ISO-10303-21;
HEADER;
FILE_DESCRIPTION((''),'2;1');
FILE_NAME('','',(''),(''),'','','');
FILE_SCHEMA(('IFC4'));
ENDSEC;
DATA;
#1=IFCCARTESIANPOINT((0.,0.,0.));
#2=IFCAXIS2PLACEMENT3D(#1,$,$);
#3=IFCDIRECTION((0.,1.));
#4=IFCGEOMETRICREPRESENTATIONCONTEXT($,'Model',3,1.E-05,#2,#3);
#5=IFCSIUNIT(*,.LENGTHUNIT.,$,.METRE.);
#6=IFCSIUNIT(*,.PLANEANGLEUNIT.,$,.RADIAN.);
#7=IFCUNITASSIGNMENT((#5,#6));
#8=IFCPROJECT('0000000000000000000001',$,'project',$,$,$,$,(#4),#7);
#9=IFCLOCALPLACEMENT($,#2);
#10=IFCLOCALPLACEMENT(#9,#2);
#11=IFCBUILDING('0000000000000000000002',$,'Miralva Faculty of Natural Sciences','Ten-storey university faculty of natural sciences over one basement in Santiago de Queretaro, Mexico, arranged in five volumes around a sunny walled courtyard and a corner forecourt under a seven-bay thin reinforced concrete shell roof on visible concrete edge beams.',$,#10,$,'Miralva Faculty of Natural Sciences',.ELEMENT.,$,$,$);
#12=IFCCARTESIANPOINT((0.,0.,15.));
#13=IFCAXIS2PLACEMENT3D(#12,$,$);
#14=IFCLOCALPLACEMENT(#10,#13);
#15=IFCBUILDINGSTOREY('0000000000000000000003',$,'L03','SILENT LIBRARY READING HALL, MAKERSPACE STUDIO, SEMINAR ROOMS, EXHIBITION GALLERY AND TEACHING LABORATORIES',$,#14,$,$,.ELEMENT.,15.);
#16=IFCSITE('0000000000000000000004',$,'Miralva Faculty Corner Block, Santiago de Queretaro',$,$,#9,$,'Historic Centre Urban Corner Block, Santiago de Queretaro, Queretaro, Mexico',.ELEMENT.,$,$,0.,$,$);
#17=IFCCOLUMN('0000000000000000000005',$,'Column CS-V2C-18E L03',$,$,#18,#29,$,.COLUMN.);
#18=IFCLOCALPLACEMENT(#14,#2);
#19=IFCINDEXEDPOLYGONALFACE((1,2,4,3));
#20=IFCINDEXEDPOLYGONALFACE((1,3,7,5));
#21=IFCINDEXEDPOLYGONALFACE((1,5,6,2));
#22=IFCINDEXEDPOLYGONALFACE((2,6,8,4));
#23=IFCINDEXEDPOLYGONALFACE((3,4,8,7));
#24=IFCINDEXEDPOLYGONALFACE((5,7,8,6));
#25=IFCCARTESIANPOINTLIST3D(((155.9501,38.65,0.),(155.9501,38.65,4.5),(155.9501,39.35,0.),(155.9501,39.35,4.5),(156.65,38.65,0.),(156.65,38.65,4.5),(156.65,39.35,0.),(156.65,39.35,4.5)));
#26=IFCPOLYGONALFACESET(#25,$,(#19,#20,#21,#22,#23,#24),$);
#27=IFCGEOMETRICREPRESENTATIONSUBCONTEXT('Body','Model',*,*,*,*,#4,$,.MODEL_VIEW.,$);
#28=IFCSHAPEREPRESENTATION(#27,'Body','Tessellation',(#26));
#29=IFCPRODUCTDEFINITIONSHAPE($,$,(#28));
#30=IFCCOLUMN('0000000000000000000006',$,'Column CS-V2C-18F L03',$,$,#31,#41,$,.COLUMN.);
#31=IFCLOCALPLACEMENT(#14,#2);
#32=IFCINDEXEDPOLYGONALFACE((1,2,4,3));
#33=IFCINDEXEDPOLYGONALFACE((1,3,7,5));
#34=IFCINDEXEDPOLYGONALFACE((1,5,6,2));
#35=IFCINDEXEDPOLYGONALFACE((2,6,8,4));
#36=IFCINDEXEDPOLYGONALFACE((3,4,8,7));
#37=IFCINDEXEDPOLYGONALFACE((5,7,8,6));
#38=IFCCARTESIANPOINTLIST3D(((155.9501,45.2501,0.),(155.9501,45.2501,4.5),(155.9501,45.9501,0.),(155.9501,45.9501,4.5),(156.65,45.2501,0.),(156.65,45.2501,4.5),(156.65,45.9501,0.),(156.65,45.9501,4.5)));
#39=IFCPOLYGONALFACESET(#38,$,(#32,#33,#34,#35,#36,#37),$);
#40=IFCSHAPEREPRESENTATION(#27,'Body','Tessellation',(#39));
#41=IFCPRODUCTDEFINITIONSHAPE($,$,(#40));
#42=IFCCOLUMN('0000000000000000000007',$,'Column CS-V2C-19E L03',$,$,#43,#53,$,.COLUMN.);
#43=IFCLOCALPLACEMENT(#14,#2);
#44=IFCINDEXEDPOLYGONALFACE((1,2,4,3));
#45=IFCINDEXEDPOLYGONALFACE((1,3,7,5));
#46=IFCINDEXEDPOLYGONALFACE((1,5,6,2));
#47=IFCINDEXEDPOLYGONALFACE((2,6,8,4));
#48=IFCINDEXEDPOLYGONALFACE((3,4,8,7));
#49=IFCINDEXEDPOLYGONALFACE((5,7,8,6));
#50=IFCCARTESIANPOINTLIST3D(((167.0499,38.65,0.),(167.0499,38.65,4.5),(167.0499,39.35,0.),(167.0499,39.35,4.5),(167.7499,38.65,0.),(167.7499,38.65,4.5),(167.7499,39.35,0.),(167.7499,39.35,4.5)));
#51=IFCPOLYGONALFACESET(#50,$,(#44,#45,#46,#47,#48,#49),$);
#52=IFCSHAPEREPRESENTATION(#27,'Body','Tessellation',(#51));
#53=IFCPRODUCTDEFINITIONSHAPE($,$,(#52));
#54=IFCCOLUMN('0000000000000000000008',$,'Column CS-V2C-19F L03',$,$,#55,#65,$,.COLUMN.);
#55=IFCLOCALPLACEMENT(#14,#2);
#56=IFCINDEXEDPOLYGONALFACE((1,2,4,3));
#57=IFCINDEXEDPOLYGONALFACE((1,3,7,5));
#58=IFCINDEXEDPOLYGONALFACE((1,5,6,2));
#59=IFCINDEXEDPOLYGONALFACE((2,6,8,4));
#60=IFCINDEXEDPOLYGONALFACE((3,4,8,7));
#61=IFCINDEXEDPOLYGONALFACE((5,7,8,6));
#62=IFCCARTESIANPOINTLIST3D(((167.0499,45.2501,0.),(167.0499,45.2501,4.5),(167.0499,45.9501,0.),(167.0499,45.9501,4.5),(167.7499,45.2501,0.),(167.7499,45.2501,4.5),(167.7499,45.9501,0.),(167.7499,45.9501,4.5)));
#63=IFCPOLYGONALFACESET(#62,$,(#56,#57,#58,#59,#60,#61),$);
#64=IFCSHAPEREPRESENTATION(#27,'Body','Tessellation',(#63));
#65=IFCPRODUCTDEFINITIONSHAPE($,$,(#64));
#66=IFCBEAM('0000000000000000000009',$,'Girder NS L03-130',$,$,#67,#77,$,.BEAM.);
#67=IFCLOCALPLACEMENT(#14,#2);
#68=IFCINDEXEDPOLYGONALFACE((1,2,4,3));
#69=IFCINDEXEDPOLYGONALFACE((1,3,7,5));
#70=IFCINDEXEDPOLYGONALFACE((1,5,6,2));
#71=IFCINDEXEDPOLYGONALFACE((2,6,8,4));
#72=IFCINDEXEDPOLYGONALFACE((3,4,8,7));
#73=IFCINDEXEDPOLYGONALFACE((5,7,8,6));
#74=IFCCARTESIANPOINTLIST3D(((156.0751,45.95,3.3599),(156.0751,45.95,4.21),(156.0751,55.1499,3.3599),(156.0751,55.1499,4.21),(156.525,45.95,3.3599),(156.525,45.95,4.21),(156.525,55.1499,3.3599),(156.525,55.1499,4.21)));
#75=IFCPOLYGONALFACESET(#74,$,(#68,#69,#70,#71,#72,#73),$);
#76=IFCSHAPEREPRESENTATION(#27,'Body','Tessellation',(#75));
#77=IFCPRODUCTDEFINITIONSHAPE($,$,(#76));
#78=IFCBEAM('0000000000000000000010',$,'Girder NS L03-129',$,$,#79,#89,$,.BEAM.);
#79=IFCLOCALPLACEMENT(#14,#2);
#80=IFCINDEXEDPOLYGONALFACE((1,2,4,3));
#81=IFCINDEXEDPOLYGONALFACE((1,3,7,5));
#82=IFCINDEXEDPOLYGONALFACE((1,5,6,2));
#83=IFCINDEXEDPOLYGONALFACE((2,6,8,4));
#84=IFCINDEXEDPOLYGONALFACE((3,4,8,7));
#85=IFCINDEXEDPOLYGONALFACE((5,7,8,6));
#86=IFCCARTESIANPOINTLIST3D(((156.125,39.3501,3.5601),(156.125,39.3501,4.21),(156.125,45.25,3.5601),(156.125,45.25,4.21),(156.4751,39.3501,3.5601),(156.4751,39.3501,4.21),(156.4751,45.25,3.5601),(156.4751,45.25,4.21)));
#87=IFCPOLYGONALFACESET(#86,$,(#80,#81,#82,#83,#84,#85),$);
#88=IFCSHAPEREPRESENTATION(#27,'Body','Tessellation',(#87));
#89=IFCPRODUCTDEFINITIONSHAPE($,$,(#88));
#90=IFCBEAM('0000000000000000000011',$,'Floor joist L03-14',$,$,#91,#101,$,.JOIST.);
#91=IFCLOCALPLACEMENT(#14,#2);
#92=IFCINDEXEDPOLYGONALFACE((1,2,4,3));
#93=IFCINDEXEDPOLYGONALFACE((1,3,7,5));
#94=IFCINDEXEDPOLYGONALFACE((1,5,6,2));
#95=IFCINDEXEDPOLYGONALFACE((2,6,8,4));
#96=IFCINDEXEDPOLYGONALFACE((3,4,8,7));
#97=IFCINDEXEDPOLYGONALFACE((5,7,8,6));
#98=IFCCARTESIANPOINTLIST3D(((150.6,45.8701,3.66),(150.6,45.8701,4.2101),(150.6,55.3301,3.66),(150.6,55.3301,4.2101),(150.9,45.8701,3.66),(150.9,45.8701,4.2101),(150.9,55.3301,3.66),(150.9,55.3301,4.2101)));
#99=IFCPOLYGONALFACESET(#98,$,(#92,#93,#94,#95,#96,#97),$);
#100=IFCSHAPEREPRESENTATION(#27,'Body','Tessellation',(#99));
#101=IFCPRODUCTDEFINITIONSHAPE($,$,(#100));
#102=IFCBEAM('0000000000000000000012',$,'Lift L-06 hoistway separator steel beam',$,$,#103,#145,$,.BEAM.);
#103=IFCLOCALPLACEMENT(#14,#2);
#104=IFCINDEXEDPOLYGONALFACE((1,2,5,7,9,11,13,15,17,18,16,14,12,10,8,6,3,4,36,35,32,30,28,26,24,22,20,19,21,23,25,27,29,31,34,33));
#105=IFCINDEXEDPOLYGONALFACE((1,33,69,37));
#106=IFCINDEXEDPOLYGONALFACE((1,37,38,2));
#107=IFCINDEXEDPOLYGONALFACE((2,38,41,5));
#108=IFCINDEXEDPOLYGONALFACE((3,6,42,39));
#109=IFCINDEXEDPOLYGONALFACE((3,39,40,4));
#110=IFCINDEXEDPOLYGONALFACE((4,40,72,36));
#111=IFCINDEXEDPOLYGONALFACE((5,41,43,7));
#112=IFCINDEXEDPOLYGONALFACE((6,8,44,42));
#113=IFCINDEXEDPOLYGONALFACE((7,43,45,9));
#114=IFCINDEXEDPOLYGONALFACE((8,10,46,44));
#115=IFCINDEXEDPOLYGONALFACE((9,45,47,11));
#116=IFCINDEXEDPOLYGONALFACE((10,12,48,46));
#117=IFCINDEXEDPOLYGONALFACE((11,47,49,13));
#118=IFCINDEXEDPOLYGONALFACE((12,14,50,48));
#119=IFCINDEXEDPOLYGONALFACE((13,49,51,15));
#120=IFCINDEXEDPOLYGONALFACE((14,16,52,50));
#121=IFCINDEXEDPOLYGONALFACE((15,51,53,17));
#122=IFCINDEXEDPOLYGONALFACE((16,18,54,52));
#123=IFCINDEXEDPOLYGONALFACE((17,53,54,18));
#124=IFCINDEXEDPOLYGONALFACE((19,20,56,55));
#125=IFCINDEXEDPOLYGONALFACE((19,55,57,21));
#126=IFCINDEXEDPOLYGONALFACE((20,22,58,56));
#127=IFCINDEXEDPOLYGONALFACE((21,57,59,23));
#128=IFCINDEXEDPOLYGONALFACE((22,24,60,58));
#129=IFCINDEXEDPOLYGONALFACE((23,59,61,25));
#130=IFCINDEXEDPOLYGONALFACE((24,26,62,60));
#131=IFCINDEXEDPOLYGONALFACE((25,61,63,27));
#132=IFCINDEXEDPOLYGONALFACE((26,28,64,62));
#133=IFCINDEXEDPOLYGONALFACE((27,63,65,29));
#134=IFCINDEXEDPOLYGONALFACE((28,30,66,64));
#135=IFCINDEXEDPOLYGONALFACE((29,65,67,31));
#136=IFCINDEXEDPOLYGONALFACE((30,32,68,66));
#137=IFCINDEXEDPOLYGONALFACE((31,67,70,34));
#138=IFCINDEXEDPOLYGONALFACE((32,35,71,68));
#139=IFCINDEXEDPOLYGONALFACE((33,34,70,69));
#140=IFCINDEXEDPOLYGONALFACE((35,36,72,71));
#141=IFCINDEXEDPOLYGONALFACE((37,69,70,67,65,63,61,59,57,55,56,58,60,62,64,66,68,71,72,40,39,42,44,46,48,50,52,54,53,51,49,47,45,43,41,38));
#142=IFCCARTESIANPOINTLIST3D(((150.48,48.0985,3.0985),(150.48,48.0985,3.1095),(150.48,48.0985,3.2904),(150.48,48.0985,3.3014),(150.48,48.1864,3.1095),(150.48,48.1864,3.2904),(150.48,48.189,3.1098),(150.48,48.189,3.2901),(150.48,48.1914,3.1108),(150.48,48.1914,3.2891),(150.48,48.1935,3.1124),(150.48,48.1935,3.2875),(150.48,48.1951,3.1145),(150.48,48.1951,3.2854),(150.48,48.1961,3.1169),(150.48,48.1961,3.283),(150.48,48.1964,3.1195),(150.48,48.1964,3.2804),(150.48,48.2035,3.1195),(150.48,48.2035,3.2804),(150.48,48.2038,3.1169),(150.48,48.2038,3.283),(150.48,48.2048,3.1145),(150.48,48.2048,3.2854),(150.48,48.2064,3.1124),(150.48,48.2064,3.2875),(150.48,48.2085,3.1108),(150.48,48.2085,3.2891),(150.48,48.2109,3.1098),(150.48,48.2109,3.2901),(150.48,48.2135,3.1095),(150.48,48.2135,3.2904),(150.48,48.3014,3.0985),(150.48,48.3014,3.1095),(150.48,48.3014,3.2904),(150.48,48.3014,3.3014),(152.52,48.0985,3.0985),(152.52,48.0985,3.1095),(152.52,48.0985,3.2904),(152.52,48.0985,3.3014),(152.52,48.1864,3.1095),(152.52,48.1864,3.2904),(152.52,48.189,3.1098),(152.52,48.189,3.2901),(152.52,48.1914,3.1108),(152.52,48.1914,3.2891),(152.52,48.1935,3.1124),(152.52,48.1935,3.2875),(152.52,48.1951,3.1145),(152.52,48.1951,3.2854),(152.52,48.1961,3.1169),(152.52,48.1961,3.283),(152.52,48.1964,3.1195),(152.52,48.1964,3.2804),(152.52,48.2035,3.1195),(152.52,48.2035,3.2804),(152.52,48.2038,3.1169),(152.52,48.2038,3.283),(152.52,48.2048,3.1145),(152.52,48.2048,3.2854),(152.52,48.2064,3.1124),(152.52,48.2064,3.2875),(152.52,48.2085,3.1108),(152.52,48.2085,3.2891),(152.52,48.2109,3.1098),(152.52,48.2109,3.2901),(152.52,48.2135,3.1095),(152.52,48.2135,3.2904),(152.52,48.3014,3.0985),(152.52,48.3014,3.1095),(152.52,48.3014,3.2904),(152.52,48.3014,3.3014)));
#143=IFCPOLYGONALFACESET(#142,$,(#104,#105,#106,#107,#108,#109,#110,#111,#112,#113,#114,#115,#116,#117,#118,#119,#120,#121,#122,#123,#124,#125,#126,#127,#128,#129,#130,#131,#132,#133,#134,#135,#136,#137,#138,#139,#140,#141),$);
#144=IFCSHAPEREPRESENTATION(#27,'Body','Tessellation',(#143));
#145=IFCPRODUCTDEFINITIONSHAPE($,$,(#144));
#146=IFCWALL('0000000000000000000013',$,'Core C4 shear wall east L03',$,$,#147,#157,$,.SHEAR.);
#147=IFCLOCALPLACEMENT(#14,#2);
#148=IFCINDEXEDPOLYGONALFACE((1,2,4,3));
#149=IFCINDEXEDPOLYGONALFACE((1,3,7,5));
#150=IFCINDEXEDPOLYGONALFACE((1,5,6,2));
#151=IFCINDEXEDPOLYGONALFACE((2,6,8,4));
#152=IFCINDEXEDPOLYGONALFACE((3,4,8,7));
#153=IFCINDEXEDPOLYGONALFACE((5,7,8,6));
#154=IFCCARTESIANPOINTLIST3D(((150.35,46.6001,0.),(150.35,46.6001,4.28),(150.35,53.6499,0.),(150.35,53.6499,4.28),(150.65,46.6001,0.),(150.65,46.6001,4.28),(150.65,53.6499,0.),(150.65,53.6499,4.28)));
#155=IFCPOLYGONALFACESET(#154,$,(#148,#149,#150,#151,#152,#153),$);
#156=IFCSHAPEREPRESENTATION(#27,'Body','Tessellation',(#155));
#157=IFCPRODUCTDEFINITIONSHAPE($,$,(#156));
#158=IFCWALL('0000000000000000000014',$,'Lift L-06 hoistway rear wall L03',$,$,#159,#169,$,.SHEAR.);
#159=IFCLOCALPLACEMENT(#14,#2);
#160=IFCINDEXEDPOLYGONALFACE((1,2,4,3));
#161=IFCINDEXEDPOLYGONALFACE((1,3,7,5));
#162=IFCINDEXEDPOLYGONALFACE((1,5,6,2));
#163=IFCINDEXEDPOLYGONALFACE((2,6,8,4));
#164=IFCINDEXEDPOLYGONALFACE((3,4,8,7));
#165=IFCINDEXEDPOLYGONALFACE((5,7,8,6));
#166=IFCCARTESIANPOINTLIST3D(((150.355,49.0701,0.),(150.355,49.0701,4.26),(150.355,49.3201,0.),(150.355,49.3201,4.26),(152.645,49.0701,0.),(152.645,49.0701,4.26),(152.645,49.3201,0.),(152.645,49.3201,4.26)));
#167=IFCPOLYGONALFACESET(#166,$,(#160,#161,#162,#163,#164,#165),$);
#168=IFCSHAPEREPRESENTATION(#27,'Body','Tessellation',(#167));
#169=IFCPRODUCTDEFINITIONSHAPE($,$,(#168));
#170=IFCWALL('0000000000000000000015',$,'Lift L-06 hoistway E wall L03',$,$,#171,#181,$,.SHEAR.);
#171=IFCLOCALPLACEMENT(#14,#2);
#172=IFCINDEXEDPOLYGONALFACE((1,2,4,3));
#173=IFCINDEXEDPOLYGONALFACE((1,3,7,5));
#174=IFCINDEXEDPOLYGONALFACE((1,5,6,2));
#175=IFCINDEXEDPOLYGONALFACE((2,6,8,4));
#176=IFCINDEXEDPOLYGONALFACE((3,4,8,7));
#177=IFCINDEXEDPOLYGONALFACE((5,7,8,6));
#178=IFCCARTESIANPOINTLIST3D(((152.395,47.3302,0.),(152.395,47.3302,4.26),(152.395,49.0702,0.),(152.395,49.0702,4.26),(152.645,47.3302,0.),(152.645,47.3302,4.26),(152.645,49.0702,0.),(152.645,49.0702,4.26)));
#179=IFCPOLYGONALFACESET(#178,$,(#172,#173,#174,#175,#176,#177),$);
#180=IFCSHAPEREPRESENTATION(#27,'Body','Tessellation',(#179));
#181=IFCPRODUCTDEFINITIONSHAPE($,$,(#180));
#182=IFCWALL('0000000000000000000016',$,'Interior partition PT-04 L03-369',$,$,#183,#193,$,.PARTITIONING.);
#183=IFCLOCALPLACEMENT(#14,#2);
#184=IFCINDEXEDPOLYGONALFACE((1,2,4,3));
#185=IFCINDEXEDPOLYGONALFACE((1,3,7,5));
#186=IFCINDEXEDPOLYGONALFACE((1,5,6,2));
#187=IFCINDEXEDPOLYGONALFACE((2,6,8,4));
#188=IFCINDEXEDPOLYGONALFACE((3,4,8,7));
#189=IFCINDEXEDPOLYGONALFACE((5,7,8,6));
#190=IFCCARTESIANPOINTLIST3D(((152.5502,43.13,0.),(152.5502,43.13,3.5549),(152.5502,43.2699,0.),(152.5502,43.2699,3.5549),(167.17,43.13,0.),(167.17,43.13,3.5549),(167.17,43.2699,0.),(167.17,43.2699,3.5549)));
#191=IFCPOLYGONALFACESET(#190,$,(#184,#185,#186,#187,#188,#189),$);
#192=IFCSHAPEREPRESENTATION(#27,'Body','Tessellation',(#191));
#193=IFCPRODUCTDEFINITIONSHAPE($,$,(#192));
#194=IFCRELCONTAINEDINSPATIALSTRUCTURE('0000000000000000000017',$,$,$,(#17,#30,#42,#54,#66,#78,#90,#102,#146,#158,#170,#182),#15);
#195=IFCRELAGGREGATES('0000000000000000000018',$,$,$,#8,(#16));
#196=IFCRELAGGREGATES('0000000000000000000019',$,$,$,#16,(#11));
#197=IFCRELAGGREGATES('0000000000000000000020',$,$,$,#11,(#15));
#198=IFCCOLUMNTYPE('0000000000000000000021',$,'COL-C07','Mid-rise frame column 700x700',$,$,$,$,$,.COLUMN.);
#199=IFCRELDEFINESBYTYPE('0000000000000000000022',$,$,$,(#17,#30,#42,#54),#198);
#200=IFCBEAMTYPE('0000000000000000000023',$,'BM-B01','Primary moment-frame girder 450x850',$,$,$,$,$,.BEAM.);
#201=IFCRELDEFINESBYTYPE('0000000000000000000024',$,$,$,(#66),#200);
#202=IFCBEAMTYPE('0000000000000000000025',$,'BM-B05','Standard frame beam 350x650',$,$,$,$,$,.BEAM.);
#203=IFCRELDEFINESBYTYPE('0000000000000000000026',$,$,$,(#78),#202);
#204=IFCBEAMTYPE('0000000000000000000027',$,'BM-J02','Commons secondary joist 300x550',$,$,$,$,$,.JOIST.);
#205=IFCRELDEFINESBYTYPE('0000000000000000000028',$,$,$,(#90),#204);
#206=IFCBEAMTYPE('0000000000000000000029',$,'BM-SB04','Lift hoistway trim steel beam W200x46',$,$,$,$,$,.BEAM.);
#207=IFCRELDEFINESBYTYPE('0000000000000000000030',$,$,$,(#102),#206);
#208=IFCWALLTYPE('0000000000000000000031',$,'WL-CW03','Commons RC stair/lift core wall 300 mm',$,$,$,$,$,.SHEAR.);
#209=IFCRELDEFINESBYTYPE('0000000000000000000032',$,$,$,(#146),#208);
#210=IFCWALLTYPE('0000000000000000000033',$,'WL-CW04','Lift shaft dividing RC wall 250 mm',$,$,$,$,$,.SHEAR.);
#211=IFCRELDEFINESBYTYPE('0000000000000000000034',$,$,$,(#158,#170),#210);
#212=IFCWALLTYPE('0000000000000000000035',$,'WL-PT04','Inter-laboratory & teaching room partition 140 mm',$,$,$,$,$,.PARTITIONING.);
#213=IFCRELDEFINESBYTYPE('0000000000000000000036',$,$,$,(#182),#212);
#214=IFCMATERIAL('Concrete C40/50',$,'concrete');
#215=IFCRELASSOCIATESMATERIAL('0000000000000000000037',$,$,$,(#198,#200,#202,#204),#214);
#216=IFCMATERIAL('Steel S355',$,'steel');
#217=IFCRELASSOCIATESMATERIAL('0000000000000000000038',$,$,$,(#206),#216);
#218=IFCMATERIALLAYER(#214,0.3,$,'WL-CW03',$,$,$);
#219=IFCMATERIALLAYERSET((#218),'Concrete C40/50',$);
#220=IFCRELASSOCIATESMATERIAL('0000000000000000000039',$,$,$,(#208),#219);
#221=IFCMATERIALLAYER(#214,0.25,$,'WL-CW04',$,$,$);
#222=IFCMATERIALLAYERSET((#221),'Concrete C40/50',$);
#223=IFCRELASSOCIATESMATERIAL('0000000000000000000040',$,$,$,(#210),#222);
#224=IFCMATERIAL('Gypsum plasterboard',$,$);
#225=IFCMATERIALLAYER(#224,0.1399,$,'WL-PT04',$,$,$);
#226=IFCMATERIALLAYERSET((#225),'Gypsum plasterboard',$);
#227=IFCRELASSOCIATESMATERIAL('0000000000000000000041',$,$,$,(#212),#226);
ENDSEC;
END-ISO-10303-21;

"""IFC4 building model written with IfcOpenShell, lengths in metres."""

from ifc_helpers import new_model, si_unit, direction, frame, frame_2d, origin, origin_2d, place, context, subcontext, project, spatial, rectangle, i_section, extrude, material, layer, layer_set, material_profile, profile_set, type_object, element, save


model = new_model("IFC4")

# Units and contexts
model_context = context("Model", 3, precision=1e-05, world=origin(), true_north=direction((0.0, 1.0)))
body_context = subcontext(model_context, "Body", "Model", "MODEL_VIEW")
ifc_project = project(units=[si_unit("LENGTHUNIT", "METRE"), si_unit("PLANEANGLEUNIT", "RADIAN")], contexts=[model_context])

# Site, building, storey
site_placement = place(None, origin())
site = spatial("IfcSite", under=ifc_project, at=site_placement, Name="Miralva Faculty Corner Block, Santiago de Queretaro", LongName="Historic Centre Urban Corner Block, Santiago de Queretaro, Queretaro, Mexico", CompositionType="ELEMENT", RefElevation=0.0)
building_placement = place(site_placement, origin())
building = spatial("IfcBuilding", under=site, at=building_placement, Name="Miralva Faculty of Natural Sciences", Description="Ten-storey university faculty of natural sciences over one basement in Santiago de Queretaro, Mexico, arranged in five volumes around a sunny walled courtyard and a corner forecourt under a seven-bay thin reinforced concrete shell roof on visible concrete edge beams.", LongName="Miralva Faculty of Natural Sciences", CompositionType="ELEMENT")
storey_placement = place(building_placement, frame((0.0, 0.0, 15.0)))
storey = spatial("IfcBuildingStorey", under=building, at=storey_placement, Name="L03", Description="SILENT LIBRARY READING HALL, MAKERSPACE STUDIO, SEMINAR ROOMS, EXHIBITION GALLERY AND TEACHING LABORATORIES", CompositionType="ELEMENT", Elevation=15.0)

# Columns
ifc_material_1 = material(Name="Concrete C40/50", Category="concrete")
ifc_material_profile_1 = material_profile(ifc_material_1, rectangle(XDim=0.7, YDim=0.7, at=origin_2d()), Name="RC 700x700")
ifc_profile_set_1 = profile_set([ifc_material_profile_1], Name="Concrete C40/50")
column_type = type_object("IfcColumnType", Name="COL-C07", Description="Mid-rise frame column 700x700", PredefinedType="COLUMN", material=ifc_profile_set_1)
for number, where, z_axis, x_axis, name in (
    (1, (156.3, 39.0, 0.0), (0.0, 0.0, 1.0), (1.0, 0.0, 0.0), "Column CS-V2C-18E L03"),
    (2, (156.3, 45.6001, 0.0), (0.0, 0.0, 1.0), (1.0, 0.0, 0.0), "Column CS-V2C-18F L03"),
    (3, (167.3999, 39.0, 0.0), (0.0, 0.0, 1.0), (1.0, 0.0, 0.0), "Column CS-V2C-19E L03"),
    (4, (167.3999, 45.6001, 0.0), (0.0, 0.0, 1.0), (1.0, 0.0, 0.0), "Column CS-V2C-19F L03"),
):
    element("IfcColumn", number, at=place(storey_placement, frame(where, z_axis=z_axis, x_axis=x_axis)), inside=storey, type_object=column_type, Name=name, PredefinedType="COLUMN", context=body_context, shape_type="SweptSolid", body=[
        extrude(rectangle(XDim=0.7, YDim=0.7, at=origin_2d()), origin(), (0.0, 0.0, 1.0), 4.5),
    ])

# Beams
ifc_material_profile_2 = material_profile(ifc_material_1, rectangle(XDim=0.45, YDim=0.8501, at=origin_2d()), Name="RC 450x850")
ifc_profile_set_2 = profile_set([ifc_material_profile_2], Name="Concrete C40/50")
beam_type_1 = type_object("IfcBeamType", Name="BM-B01", Description="Primary moment-frame girder 450x850", PredefinedType="BEAM", material=ifc_profile_set_2)
beam_1_placement = place(storey_placement, frame((156.3, 45.95, 3.7849), z_axis=(0.0, 1.0, 0.0), x_axis=(-1.0, 0.0, 0.0)))
element("IfcBeam", 5, at=beam_1_placement, inside=storey, type_object=beam_type_1, Name="Girder NS L03-130", PredefinedType="BEAM", context=body_context, shape_type="SweptSolid", body=[
    extrude(rectangle(XDim=0.45, YDim=0.8501, at=origin_2d()), origin(), (0.0, 0.0, 1.0), 9.2),
])
ifc_material_profile_3 = material_profile(ifc_material_1, rectangle(XDim=0.3501, YDim=0.6499, at=origin_2d()), Name="RC 350x650")
ifc_profile_set_3 = profile_set([ifc_material_profile_3], Name="Concrete C40/50")
beam_type_2 = type_object("IfcBeamType", Name="BM-B05", Description="Standard frame beam 350x650", PredefinedType="BEAM", material=ifc_profile_set_3)
beam_2_placement = place(storey_placement, frame((156.3, 39.3501, 3.885), z_axis=(0.0, 1.0, 0.0), x_axis=(-1.0, 0.0, 0.0)))
element("IfcBeam", 6, at=beam_2_placement, inside=storey, type_object=beam_type_2, Name="Girder NS L03-129", PredefinedType="BEAM", context=body_context, shape_type="SweptSolid", body=[
    extrude(rectangle(XDim=0.3501, YDim=0.6499, at=origin_2d()), origin(), (0.0, 0.0, 1.0), 5.8999),
])
ifc_material_profile_4 = material_profile(ifc_material_1, rectangle(XDim=0.3, YDim=0.55, at=origin_2d()), Name="RC 300x550")
ifc_profile_set_4 = profile_set([ifc_material_profile_4], Name="Concrete C40/50")
beam_type_3 = type_object("IfcBeamType", Name="BM-J02", Description="Commons secondary joist 300x550", PredefinedType="JOIST", material=ifc_profile_set_4)
beam_3_placement = place(storey_placement, frame((150.75, 45.8701, 3.9351), z_axis=(0.0, 1.0, 0.0), x_axis=(-1.0, 0.0, 0.0)))
element("IfcBeam", 7, at=beam_3_placement, inside=storey, type_object=beam_type_3, Name="Floor joist L03-14", PredefinedType="JOIST", context=body_context, shape_type="SweptSolid", body=[
    extrude(rectangle(XDim=0.3, YDim=0.55, at=origin_2d()), origin(), (0.0, 0.0, 1.0), 9.46),
])
ifc_material_2 = material(Name="Steel S355", Category="steel")
ifc_material_profile_5 = material_profile(ifc_material_2, i_section(OverallWidth=0.2029, OverallDepth=0.2029, WebThickness=0.0071, FlangeThickness=0.011, FilletRadius=0.01, at=origin_2d()), Name="W200x46")
ifc_profile_set_5 = profile_set([ifc_material_profile_5], Name="Steel S355")
beam_type_4 = type_object("IfcBeamType", Name="BM-SB04", Description="Lift hoistway trim steel beam W200x46", PredefinedType="BEAM", material=ifc_profile_set_5)
beam_4_placement = place(storey_placement, frame((150.48, 48.2, 3.2), z_axis=(1.0, 0.0, 0.0), x_axis=(0.0, 1.0, 0.0)))
element("IfcBeam", 8, at=beam_4_placement, inside=storey, type_object=beam_type_4, Name="Lift L-06 hoistway separator steel beam", PredefinedType="BEAM", context=body_context, shape_type="SweptSolid", body=[
    extrude(i_section(OverallWidth=0.2029, OverallDepth=0.2029, WebThickness=0.0071, FlangeThickness=0.011, FilletRadius=0.01, at=origin_2d()), origin(), (0.0, 0.0, 1.0), 2.04),
])

# Wall
ifc_layer_1 = layer(ifc_material_1, 0.3, Name="WL-CW03")
ifc_layer_set_1 = layer_set([ifc_layer_1], Name="Concrete C40/50")
wall_type_1 = type_object("IfcWallType", Name="WL-CW03", Description="Commons RC stair/lift core wall 300 mm", PredefinedType="SHEAR", material=ifc_layer_set_1)
wall_1_placement = place(storey_placement, frame((150.5, 46.6001, 0.0), z_axis=(0.0, 0.0, 1.0), x_axis=(0.0, 1.0, 0.0)))
element("IfcWall", 9, at=wall_1_placement, inside=storey, type_object=wall_type_1, Name="Core C4 shear wall east L03", PredefinedType="SHEAR", context=body_context, shape_type="SweptSolid", body=[
    extrude(rectangle(XDim=7.0498, YDim=0.3, at=frame_2d((3.5249, 0.0))), origin(), (0.0, 0.0, 1.0), 4.28),
])

# Shared definitions
ifc_layer_2 = layer(ifc_material_1, 0.25, Name="WL-CW04")
ifc_layer_set_2 = layer_set([ifc_layer_2], Name="Concrete C40/50")
wall_type_2 = type_object("IfcWallType", Name="WL-CW04", Description="Lift shaft dividing RC wall 250 mm", PredefinedType="SHEAR", material=ifc_layer_set_2)

# Walls
wall_2_placement = place(storey_placement, frame((150.355, 49.1951, 0.0), z_axis=(0.0, 0.0, 1.0), x_axis=(1.0, 0.0, 0.0)))
element("IfcWall", 10, at=wall_2_placement, inside=storey, type_object=wall_type_2, Name="Lift L-06 hoistway rear wall L03", PredefinedType="SHEAR", context=body_context, shape_type="SweptSolid", body=[
    extrude(rectangle(XDim=2.29, YDim=0.25, at=frame_2d((1.145, 0.0))), origin(), (0.0, 0.0, 1.0), 4.26),
])
wall_3_placement = place(storey_placement, frame((152.52, 47.3301, 0.0), z_axis=(0.0, 0.0, 1.0), x_axis=(0.0, 1.0, 0.0)))
element("IfcWall", 11, at=wall_3_placement, inside=storey, type_object=wall_type_2, Name="Lift L-06 hoistway E wall L03", PredefinedType="SHEAR", context=body_context, shape_type="SweptSolid", body=[
    extrude(rectangle(XDim=1.74, YDim=0.25, at=frame_2d((0.8701, 0.0))), origin(), (0.0, 0.0, 1.0), 4.26),
])
ifc_material_3 = material(Name="Gypsum plasterboard")
ifc_layer_3 = layer(ifc_material_3, 0.1399, Name="WL-PT04")
ifc_layer_set_3 = layer_set([ifc_layer_3], Name="Gypsum plasterboard")
wall_type_3 = type_object("IfcWallType", Name="WL-PT04", Description="Inter-laboratory & teaching room partition 140 mm", PredefinedType="PARTITIONING", material=ifc_layer_set_3)
wall_4_placement = place(storey_placement, frame((152.55, 43.2, 0.0), z_axis=(0.0, 0.0, 1.0), x_axis=(1.0, 0.0, 0.0)))
element("IfcWall", 12, at=wall_4_placement, inside=storey, type_object=wall_type_3, Name="Interior partition PT-04 L03-369", PredefinedType="PARTITIONING", context=body_context, shape_type="SweptSolid", body=[
    extrude(rectangle(XDim=14.6199, YDim=0.1399, at=frame_2d((7.3101, 0.0))), origin(), (0.0, 0.0, 1.0), 3.5549),
])

save(model, "model.ifc")
